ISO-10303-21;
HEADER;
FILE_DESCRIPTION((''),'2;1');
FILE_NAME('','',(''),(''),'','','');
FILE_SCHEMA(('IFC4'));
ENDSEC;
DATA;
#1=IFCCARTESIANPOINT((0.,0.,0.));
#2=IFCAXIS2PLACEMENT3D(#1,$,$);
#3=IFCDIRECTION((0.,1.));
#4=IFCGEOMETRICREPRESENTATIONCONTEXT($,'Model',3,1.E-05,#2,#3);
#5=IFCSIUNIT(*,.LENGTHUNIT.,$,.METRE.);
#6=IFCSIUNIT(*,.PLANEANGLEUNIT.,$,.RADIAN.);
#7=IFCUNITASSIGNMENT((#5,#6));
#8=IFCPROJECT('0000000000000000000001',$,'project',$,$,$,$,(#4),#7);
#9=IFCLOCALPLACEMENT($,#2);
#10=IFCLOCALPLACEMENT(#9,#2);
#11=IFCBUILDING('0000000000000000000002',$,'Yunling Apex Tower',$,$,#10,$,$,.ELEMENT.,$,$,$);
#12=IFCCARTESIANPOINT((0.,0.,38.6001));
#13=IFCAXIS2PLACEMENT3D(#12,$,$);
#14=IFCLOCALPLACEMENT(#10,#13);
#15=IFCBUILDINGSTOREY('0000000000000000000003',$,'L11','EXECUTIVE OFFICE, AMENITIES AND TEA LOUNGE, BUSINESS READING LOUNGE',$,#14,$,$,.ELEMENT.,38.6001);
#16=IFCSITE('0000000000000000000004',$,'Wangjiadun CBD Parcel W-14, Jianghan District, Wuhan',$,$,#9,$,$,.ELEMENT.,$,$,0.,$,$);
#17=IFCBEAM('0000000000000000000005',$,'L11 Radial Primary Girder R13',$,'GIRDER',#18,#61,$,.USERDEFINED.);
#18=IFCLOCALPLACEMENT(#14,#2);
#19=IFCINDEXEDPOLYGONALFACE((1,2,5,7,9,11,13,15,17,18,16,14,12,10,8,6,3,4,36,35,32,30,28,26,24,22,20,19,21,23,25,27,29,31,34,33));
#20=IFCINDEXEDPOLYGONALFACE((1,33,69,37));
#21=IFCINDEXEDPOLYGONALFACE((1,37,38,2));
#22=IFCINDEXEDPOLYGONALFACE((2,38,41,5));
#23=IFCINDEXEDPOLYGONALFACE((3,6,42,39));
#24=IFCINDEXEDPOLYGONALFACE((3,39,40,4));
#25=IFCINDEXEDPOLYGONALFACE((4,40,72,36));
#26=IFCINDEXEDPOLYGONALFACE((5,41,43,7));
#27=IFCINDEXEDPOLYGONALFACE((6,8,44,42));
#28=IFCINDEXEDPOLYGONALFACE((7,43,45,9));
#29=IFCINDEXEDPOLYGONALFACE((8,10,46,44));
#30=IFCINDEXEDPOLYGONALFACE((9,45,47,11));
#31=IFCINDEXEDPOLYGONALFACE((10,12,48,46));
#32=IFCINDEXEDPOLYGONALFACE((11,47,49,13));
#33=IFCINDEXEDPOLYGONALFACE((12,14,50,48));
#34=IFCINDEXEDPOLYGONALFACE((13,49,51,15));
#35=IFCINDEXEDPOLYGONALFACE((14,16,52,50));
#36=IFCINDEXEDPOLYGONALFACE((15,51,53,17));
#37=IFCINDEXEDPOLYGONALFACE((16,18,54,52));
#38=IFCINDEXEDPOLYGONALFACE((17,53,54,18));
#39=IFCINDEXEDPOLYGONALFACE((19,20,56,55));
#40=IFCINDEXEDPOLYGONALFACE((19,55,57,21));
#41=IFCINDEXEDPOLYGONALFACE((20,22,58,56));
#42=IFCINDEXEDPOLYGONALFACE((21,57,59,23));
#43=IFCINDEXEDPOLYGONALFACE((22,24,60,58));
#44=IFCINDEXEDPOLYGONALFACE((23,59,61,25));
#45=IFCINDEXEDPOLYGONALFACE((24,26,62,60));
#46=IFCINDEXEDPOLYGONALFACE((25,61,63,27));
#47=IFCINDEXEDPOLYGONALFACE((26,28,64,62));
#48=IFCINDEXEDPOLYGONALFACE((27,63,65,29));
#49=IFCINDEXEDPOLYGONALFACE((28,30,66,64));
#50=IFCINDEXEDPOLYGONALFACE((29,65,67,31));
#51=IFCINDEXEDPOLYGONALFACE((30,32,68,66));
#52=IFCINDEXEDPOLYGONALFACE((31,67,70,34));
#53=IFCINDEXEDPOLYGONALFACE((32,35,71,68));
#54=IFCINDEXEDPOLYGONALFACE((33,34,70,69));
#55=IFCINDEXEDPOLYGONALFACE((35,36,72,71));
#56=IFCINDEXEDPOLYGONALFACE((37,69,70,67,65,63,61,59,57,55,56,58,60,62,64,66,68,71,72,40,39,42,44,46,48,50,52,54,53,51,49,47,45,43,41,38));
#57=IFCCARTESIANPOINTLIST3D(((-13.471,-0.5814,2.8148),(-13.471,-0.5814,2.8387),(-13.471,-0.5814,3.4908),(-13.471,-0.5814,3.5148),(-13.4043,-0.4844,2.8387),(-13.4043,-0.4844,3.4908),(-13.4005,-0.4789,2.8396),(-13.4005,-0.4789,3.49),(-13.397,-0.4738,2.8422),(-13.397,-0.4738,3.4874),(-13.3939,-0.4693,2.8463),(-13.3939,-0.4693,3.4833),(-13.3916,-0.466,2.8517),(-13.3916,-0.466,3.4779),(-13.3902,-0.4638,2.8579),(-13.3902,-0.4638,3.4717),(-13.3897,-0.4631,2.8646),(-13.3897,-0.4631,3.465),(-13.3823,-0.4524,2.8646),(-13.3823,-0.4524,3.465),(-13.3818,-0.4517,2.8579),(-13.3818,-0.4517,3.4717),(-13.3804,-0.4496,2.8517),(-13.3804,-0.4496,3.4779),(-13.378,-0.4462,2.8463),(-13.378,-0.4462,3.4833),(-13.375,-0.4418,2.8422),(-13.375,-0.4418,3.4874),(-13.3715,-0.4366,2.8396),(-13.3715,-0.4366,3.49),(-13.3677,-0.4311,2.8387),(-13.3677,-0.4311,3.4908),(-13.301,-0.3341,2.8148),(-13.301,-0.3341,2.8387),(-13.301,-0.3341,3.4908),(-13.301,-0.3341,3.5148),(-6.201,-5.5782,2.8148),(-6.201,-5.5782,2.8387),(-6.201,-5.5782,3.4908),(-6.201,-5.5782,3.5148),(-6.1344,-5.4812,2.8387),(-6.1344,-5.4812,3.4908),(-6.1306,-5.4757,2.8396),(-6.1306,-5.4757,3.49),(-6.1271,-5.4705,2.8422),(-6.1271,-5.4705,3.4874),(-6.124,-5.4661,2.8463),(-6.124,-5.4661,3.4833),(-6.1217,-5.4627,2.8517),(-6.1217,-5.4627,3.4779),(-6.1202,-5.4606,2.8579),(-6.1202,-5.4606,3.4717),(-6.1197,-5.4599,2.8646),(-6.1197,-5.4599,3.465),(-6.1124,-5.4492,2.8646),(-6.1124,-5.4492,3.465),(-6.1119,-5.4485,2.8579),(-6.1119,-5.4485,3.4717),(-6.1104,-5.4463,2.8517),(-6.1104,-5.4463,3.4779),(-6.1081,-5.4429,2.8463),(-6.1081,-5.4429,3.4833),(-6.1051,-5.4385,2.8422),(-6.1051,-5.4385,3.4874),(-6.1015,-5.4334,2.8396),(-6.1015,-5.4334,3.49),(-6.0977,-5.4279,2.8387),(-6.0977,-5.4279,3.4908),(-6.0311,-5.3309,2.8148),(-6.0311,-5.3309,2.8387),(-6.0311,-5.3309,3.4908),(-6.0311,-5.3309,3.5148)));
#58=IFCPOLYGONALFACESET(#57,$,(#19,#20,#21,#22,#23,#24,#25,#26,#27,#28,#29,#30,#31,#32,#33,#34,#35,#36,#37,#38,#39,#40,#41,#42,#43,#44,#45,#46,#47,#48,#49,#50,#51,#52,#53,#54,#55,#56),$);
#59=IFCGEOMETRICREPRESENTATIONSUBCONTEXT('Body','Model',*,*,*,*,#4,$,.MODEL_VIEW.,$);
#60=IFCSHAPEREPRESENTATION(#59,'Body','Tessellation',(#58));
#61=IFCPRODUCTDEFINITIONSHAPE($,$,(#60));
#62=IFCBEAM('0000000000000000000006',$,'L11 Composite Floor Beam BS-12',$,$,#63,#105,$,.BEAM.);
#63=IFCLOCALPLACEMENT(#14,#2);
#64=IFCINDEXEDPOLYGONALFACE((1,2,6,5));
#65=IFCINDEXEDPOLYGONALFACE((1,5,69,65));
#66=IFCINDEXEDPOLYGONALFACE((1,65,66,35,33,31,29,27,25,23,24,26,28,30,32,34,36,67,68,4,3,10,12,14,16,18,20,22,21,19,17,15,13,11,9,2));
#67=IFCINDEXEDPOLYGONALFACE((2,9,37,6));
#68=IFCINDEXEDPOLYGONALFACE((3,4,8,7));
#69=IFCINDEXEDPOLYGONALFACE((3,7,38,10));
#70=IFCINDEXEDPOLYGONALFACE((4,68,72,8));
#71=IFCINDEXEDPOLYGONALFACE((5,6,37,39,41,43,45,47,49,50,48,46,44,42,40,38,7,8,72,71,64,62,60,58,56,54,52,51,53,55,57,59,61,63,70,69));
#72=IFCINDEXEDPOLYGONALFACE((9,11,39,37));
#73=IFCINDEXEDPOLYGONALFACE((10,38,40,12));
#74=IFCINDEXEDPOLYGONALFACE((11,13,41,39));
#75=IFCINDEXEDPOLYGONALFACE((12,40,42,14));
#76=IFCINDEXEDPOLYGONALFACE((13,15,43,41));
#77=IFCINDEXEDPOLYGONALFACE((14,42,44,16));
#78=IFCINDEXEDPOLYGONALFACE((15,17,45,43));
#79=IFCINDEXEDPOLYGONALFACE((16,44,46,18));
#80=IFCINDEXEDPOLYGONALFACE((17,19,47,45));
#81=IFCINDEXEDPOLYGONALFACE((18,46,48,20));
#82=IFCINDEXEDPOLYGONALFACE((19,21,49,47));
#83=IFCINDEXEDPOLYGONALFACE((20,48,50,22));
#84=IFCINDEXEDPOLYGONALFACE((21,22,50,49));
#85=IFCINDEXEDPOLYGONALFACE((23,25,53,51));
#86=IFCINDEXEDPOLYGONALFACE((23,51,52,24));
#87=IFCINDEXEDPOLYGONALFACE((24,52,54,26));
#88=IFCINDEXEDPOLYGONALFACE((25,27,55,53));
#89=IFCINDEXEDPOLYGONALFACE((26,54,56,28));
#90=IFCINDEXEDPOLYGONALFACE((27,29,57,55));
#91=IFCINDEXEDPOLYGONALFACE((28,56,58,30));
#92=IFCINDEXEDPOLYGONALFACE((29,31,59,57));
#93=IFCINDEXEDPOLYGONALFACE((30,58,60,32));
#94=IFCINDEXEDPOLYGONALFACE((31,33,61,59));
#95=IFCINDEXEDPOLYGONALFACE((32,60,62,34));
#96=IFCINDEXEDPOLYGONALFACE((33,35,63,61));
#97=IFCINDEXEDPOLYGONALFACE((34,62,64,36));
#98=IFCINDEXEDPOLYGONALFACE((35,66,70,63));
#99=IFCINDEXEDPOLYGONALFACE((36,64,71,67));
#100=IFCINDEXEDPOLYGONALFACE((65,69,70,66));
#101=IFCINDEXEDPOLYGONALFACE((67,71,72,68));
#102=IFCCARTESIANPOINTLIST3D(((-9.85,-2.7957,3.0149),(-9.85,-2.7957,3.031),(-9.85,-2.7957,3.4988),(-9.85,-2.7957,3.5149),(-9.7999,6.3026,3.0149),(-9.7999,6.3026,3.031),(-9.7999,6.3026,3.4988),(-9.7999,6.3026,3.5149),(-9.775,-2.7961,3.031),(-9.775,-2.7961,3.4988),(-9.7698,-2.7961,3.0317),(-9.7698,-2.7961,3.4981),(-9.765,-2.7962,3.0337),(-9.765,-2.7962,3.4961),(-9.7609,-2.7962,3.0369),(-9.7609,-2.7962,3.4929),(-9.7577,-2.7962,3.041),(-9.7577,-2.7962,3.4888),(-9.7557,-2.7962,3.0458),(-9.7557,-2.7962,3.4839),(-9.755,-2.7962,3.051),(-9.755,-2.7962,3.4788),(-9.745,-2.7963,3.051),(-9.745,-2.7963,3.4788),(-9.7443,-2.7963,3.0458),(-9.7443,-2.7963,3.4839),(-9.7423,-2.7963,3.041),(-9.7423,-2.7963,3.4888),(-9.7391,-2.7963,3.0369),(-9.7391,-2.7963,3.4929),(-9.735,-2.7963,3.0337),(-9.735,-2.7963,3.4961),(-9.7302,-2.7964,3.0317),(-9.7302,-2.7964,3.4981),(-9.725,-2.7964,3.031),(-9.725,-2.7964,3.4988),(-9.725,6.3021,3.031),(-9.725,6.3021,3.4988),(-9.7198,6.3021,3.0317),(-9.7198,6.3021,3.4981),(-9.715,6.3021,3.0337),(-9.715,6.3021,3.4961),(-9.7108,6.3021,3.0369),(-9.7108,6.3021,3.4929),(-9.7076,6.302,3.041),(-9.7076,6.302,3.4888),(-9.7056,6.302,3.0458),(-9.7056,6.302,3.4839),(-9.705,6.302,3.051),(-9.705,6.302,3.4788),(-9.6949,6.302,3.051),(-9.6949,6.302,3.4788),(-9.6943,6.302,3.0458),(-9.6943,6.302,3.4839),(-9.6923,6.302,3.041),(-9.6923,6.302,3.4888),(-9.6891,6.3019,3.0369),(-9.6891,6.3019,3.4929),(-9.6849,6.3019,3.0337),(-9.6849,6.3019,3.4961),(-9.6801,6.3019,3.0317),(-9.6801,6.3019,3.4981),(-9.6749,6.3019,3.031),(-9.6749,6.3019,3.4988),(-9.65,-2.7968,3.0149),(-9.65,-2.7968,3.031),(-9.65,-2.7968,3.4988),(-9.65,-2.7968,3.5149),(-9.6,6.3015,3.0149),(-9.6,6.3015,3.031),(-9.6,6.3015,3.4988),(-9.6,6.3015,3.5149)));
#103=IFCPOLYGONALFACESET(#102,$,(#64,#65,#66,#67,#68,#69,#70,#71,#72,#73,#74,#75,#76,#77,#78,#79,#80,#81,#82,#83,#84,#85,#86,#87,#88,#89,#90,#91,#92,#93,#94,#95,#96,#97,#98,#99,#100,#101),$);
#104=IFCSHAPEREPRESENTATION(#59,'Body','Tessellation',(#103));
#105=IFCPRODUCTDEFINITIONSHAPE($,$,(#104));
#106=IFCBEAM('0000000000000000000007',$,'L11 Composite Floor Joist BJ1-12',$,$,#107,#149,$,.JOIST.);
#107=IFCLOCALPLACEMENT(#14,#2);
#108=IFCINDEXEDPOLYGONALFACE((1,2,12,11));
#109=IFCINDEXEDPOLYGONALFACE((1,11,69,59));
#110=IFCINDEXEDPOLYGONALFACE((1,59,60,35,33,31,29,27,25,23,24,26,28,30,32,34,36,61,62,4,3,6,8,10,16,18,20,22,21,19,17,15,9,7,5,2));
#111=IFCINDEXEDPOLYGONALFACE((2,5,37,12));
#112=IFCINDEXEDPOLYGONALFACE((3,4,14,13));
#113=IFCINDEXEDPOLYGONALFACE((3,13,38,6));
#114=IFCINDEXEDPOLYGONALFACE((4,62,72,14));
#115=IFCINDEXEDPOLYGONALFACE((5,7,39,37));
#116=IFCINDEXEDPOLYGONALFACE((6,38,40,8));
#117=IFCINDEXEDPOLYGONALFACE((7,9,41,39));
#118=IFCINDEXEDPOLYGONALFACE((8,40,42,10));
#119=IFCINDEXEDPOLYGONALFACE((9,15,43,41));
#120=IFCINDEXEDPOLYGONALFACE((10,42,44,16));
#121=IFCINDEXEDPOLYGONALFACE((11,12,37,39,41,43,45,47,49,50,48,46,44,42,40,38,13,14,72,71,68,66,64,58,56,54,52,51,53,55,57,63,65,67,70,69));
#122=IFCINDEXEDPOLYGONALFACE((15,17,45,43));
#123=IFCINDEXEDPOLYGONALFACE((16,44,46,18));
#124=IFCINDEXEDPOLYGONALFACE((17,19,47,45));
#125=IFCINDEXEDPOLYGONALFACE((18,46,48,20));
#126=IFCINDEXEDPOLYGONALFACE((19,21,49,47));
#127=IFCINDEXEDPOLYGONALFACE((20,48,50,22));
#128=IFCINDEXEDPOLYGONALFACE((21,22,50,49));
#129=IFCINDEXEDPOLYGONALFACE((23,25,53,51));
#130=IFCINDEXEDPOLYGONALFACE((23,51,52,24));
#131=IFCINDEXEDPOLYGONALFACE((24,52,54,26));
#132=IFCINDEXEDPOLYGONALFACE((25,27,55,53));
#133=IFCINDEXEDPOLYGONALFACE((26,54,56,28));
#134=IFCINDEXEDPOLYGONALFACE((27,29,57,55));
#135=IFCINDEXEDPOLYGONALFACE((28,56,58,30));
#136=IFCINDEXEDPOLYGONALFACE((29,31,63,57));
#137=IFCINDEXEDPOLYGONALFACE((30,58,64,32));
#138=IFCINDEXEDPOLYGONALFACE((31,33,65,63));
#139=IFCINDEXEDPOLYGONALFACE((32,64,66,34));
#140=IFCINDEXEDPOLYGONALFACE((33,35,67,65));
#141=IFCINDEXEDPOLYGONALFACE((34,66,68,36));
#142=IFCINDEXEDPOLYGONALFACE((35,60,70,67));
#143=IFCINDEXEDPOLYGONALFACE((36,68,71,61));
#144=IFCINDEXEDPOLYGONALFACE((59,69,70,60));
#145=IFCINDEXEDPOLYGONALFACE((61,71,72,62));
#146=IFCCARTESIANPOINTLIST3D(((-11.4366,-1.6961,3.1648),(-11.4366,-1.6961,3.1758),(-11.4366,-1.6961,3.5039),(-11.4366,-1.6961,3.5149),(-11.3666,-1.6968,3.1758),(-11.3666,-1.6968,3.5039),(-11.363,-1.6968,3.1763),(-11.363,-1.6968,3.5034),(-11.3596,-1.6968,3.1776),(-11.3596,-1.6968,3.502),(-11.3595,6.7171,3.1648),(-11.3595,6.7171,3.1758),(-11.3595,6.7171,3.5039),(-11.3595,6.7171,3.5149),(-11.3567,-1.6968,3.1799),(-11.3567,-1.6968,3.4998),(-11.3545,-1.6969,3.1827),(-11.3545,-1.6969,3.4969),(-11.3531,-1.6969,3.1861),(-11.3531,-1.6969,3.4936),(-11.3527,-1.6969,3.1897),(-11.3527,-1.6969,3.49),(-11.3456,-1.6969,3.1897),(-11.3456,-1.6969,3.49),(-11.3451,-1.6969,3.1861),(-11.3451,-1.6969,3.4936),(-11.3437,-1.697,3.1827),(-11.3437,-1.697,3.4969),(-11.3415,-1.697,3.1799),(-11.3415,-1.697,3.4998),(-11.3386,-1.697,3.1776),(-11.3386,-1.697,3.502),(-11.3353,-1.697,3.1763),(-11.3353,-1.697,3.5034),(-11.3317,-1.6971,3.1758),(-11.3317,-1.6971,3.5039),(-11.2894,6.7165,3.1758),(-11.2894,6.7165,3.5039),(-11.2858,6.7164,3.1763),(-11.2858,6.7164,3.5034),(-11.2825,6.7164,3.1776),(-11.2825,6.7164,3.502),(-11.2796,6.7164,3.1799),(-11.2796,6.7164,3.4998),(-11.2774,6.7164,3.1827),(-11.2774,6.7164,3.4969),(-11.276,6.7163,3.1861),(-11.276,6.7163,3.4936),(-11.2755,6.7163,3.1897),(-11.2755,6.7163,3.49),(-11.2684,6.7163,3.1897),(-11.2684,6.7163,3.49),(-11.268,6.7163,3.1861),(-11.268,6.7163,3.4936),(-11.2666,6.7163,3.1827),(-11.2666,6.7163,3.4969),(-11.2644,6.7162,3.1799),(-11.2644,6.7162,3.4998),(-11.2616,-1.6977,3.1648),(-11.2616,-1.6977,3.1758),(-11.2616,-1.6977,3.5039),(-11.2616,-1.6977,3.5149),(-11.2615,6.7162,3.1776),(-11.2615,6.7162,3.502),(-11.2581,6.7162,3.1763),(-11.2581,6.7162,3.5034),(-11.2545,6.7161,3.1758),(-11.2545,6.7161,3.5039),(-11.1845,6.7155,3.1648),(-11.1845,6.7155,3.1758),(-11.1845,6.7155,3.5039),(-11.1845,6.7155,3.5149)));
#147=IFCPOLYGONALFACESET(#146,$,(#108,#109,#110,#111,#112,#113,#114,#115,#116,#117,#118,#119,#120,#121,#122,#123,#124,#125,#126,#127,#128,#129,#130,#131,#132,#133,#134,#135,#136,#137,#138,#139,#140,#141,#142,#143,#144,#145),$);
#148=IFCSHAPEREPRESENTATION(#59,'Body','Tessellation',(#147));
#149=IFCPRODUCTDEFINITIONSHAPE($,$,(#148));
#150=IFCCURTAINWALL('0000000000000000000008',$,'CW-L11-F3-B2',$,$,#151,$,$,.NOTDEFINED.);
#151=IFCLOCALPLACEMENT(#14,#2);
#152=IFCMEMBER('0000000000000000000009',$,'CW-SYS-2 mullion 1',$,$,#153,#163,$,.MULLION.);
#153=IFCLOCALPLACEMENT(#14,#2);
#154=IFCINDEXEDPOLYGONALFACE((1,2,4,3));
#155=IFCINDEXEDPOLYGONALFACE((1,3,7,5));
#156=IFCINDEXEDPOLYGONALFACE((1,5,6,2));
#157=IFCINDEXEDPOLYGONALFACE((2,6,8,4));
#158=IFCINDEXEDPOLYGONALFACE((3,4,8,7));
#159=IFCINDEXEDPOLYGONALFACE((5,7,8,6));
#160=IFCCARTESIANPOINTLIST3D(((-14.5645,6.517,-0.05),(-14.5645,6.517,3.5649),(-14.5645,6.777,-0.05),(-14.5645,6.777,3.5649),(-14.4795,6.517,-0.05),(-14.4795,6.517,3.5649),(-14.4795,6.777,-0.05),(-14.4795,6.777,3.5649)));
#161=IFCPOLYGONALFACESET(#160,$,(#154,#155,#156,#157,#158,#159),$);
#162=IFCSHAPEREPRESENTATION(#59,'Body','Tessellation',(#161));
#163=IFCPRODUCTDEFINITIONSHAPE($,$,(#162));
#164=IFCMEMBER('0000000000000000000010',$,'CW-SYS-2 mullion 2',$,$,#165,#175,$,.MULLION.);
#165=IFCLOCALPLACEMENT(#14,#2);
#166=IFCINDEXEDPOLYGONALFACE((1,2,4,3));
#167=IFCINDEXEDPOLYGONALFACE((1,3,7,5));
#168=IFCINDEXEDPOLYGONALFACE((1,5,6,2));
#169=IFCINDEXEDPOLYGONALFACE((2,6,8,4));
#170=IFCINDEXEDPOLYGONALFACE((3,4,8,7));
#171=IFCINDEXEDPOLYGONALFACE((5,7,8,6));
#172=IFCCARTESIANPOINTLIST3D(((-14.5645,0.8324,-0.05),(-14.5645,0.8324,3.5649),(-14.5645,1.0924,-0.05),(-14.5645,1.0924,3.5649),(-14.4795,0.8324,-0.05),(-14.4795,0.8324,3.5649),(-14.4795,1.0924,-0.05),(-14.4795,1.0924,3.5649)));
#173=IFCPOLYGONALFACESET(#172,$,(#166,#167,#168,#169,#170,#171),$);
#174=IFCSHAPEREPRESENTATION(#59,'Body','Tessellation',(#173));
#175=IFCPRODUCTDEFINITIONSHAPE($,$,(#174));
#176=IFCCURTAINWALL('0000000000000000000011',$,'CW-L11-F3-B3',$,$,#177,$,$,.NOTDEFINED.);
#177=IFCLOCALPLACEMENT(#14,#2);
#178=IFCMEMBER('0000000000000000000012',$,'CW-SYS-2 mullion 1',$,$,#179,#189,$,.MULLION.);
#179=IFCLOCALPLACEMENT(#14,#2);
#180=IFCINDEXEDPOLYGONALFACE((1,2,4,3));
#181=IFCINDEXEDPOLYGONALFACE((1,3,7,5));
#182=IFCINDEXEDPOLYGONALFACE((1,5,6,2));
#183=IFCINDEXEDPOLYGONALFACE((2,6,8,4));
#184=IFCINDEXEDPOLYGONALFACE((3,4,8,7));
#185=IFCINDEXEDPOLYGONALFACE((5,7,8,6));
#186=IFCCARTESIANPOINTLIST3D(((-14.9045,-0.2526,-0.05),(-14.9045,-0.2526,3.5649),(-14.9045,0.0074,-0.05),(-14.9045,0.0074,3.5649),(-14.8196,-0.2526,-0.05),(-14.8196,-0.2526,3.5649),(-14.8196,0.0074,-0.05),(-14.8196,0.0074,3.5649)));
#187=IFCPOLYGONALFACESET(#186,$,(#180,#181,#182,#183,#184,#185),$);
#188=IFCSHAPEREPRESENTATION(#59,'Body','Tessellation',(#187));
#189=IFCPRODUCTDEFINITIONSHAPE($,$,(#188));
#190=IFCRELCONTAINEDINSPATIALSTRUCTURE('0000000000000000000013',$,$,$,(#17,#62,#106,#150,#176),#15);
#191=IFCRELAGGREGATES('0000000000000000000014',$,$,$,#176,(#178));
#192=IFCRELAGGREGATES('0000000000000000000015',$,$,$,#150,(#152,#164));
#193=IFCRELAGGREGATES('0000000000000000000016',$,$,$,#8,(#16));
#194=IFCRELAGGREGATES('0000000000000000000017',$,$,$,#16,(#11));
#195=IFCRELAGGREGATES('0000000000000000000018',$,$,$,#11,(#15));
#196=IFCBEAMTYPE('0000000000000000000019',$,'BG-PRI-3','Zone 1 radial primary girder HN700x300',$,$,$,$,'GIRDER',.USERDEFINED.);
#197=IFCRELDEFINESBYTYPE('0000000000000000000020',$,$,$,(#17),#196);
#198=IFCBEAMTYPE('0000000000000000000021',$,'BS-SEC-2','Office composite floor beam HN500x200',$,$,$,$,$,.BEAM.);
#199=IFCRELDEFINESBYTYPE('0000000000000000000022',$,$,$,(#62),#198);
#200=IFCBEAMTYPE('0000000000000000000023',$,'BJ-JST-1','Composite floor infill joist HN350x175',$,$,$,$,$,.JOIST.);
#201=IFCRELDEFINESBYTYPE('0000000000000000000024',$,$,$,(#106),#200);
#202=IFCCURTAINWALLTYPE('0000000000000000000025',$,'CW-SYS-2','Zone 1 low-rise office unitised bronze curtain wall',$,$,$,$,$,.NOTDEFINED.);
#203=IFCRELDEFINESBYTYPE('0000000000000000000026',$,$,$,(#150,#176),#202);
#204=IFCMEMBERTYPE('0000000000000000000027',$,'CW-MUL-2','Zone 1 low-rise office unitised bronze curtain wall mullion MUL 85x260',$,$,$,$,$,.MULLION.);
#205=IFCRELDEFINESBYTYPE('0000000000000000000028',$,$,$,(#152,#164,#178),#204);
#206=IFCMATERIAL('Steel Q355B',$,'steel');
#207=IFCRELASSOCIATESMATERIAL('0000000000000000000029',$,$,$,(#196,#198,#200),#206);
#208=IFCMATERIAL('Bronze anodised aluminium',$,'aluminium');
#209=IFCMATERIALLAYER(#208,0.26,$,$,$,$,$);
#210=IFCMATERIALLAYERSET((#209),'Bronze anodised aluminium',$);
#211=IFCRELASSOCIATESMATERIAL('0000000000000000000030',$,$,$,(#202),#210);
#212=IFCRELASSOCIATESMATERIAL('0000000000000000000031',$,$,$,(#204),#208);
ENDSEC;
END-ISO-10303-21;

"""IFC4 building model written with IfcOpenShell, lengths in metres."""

from ifc_helpers import new_model, si_unit, direction, frame, origin, origin_2d, place, context, subcontext, project, spatial, rectangle, i_section, extrude, source, transform, mapped, material, layer, layer_set, material_profile, profile_set, type_object, element, aggregate, save


model = new_model("IFC4")

# Units and contexts
model_context = context("Model", 3, precision=1e-05, world=origin(), true_north=direction((0.0, 1.0)))
body_context = subcontext(model_context, "Body", "Model", "MODEL_VIEW")
ifc_project = project(units=[si_unit("LENGTHUNIT", "METRE"), si_unit("PLANEANGLEUNIT", "RADIAN")], contexts=[model_context])

# Site, building, storey
site_placement = place(None, origin())
site = spatial("IfcSite", under=ifc_project, at=site_placement, Name="Wangjiadun CBD Parcel W-14, Jianghan District, Wuhan", CompositionType="ELEMENT", RefElevation=0.0)
building_placement = place(site_placement, origin())
building = spatial("IfcBuilding", under=site, at=building_placement, Name="Yunling Apex Tower", CompositionType="ELEMENT")
storey_placement = place(building_placement, frame((0.0, 0.0, 38.6001)))
storey = spatial("IfcBuildingStorey", under=building, at=storey_placement, Name="L11", Description="EXECUTIVE OFFICE, AMENITIES AND TEA LOUNGE, BUSINESS READING LOUNGE", CompositionType="ELEMENT", Elevation=38.6001)

# Beams
ifc_material_1 = material(Name="Steel Q355B", Category="steel")
ifc_material_profile_1 = material_profile(ifc_material_1, i_section(OverallWidth=0.3, OverallDepth=0.7, WebThickness=0.0129, FlangeThickness=0.0239, FilletRadius=0.0259, at=origin_2d()))
ifc_profile_set_1 = profile_set([ifc_material_profile_1], Name="Steel Q355B")
beam_type_1 = type_object("IfcBeamType", Name="BG-PRI-3", Description="Zone 1 radial primary girder HN700x300", ElementType="GIRDER", PredefinedType="USERDEFINED", material=ifc_profile_set_1)
shared_shape_1 = source(origin(), body_context, "Body", "SweptSolid", [
    extrude(i_section(OverallWidth=0.3, OverallDepth=0.7, WebThickness=0.0129, FlangeThickness=0.0239, FilletRadius=0.0259, at=origin_2d()), origin(), (0.0, 0.0, 1.0), 8.8215),
])
beam_1_placement = place(storey_placement, frame((-13.386, -0.4578, 3.1648), z_axis=(0.824111, -0.566428, 0.0), x_axis=(0.566428, 0.824111, 0.0)))
element("IfcBeam", 1, at=beam_1_placement, inside=storey, type_object=beam_type_1, Name="L11 Radial Primary Girder R13", ObjectType="GIRDER", PredefinedType="USERDEFINED", context=body_context, shape_type="MappedRepresentation", body=[
    mapped(shared_shape_1, transform((0.0, 0.0, 0.0), scale=1.0)),
])
ifc_material_profile_2 = material_profile(ifc_material_1, i_section(OverallWidth=0.2, OverallDepth=0.5, WebThickness=0.01, FlangeThickness=0.0161, FilletRadius=0.02, at=origin_2d()))
ifc_profile_set_2 = profile_set([ifc_material_profile_2], Name="Steel Q355B")
beam_type_2 = type_object("IfcBeamType", Name="BS-SEC-2", Description="Office composite floor beam HN500x200", PredefinedType="BEAM", material=ifc_profile_set_2)
shared_shape_2 = source(origin(), body_context, "Body", "SweptSolid", [
    extrude(i_section(OverallWidth=0.2, OverallDepth=0.5, WebThickness=0.01, FlangeThickness=0.0161, FilletRadius=0.02, at=origin_2d()), origin(), (0.0, 0.0, 1.0), 9.0984),
])
beam_2_placement = place(storey_placement, frame((-9.7, 6.302, 3.2649), z_axis=(-0.005501, -0.999985, 0.0), x_axis=(0.999985, -0.005501, 0.0)))
element("IfcBeam", 2, at=beam_2_placement, inside=storey, type_object=beam_type_2, Name="L11 Composite Floor Beam BS-12", PredefinedType="BEAM", context=body_context, shape_type="MappedRepresentation", body=[
    mapped(shared_shape_2, transform((0.0, 0.0, 0.0), scale=1.0)),
])
ifc_material_profile_3 = material_profile(ifc_material_1, i_section(OverallWidth=0.175, OverallDepth=0.3501, WebThickness=0.0071, FlangeThickness=0.011, FilletRadius=0.0139, at=origin_2d()))
ifc_profile_set_3 = profile_set([ifc_material_profile_3], Name="Steel Q355B")
beam_type_3 = type_object("IfcBeamType", Name="BJ-JST-1", Description="Composite floor infill joist HN350x175", PredefinedType="JOIST", material=ifc_profile_set_3)
shared_shape_3 = source(origin(), body_context, "Body", "SweptSolid", [
    extrude(i_section(OverallWidth=0.175, OverallDepth=0.3501, WebThickness=0.0071, FlangeThickness=0.011, FilletRadius=0.0139, at=origin_2d()), origin(), (0.0, 0.0, 1.0), 8.4136),
])
beam_3_placement = place(storey_placement, frame((-11.272, 6.7163, 3.3398), z_axis=(-0.009169, -0.999958, 0.0), x_axis=(0.999958, -0.009169, 0.0)))
element("IfcBeam", 3, at=beam_3_placement, inside=storey, type_object=beam_type_3, Name="L11 Composite Floor Joist BJ1-12", PredefinedType="JOIST", context=body_context, shape_type="MappedRepresentation", body=[
    mapped(shared_shape_3, transform((0.0, 0.0, 0.0), scale=1.0)),
])

# Curtain walls, members
ifc_material_2 = material(Name="Bronze anodised aluminium", Category="aluminium")
ifc_layer_1 = layer(ifc_material_2, 0.26)
ifc_layer_set_1 = layer_set([ifc_layer_1], Name="Bronze anodised aluminium")
curtain_wall_type = type_object("IfcCurtainWallType", Name="CW-SYS-2", Description="Zone 1 low-rise office unitised bronze curtain wall", PredefinedType="NOTDEFINED", material=ifc_layer_set_1)
curtain_wall_1_placement = place(storey_placement, origin())
curtain_wall_1 = element("IfcCurtainWall", 4, at=curtain_wall_1_placement, inside=storey, type_object=curtain_wall_type, Name="CW-L11-F3-B2", PredefinedType="NOTDEFINED")
ifc_material_profile_4 = material_profile(ifc_material_2, rectangle(XDim=0.085, YDim=0.26, at=origin_2d()))
ifc_profile_set_4 = profile_set([ifc_material_profile_4], Name="Bronze anodised aluminium")
member_type_1 = type_object("IfcMemberType", Name="CW-MUL-2", Description="Zone 1 low-rise office unitised bronze curtain wall mullion MUL 85x260", PredefinedType="MULLION", material=ifc_profile_set_4)
shared_shape_4 = source(origin(), body_context, "Body", "SweptSolid", [
    extrude(rectangle(XDim=0.085, YDim=0.26, at=origin_2d()), origin(), (0.0, 0.0, 1.0), 3.615),
])
member_1_placement = place(storey_placement, frame((-14.522, 6.647, -0.05), z_axis=(0.0, 0.0, 1.0), x_axis=(1.0, 0.0, 0.0)))
member_1 = element("IfcMember", 5, at=member_1_placement, type_object=member_type_1, Name="CW-SYS-2 mullion 1", PredefinedType="MULLION", context=body_context, shape_type="MappedRepresentation", body=[
    mapped(shared_shape_4, transform((0.0, 0.0, 0.0), scale=1.0)),
])
member_2_placement = place(storey_placement, frame((-14.522, 0.9624, -0.05), z_axis=(0.0, 0.0, 1.0), x_axis=(1.0, 0.0, 0.0)))
member_2 = element("IfcMember", 6, at=member_2_placement, type_object=member_type_1, Name="CW-SYS-2 mullion 2", PredefinedType="MULLION", context=body_context, shape_type="MappedRepresentation", body=[
    mapped(shared_shape_4, transform((0.0, 0.0, 0.0), scale=1.0)),
])
curtain_wall_2_placement = place(storey_placement, origin())
curtain_wall_2 = element("IfcCurtainWall", 7, at=curtain_wall_2_placement, inside=storey, type_object=curtain_wall_type, Name="CW-L11-F3-B3", PredefinedType="NOTDEFINED")
member_3_placement = place(storey_placement, frame((-14.8621, -0.1226, -0.05), z_axis=(0.0, 0.0, 1.0), x_axis=(1.0, 0.0, 0.0)))
member_3 = element("IfcMember", 8, at=member_3_placement, type_object=member_type_1, Name="CW-SYS-2 mullion 1", PredefinedType="MULLION", context=body_context, shape_type="MappedRepresentation", body=[
    mapped(shared_shape_4, transform((0.0, 0.0, 0.0), scale=1.0)),
])
aggregate(curtain_wall_2, [member_3])

aggregate(curtain_wall_1, [member_1, member_2])

save(model, "model.ifc")
